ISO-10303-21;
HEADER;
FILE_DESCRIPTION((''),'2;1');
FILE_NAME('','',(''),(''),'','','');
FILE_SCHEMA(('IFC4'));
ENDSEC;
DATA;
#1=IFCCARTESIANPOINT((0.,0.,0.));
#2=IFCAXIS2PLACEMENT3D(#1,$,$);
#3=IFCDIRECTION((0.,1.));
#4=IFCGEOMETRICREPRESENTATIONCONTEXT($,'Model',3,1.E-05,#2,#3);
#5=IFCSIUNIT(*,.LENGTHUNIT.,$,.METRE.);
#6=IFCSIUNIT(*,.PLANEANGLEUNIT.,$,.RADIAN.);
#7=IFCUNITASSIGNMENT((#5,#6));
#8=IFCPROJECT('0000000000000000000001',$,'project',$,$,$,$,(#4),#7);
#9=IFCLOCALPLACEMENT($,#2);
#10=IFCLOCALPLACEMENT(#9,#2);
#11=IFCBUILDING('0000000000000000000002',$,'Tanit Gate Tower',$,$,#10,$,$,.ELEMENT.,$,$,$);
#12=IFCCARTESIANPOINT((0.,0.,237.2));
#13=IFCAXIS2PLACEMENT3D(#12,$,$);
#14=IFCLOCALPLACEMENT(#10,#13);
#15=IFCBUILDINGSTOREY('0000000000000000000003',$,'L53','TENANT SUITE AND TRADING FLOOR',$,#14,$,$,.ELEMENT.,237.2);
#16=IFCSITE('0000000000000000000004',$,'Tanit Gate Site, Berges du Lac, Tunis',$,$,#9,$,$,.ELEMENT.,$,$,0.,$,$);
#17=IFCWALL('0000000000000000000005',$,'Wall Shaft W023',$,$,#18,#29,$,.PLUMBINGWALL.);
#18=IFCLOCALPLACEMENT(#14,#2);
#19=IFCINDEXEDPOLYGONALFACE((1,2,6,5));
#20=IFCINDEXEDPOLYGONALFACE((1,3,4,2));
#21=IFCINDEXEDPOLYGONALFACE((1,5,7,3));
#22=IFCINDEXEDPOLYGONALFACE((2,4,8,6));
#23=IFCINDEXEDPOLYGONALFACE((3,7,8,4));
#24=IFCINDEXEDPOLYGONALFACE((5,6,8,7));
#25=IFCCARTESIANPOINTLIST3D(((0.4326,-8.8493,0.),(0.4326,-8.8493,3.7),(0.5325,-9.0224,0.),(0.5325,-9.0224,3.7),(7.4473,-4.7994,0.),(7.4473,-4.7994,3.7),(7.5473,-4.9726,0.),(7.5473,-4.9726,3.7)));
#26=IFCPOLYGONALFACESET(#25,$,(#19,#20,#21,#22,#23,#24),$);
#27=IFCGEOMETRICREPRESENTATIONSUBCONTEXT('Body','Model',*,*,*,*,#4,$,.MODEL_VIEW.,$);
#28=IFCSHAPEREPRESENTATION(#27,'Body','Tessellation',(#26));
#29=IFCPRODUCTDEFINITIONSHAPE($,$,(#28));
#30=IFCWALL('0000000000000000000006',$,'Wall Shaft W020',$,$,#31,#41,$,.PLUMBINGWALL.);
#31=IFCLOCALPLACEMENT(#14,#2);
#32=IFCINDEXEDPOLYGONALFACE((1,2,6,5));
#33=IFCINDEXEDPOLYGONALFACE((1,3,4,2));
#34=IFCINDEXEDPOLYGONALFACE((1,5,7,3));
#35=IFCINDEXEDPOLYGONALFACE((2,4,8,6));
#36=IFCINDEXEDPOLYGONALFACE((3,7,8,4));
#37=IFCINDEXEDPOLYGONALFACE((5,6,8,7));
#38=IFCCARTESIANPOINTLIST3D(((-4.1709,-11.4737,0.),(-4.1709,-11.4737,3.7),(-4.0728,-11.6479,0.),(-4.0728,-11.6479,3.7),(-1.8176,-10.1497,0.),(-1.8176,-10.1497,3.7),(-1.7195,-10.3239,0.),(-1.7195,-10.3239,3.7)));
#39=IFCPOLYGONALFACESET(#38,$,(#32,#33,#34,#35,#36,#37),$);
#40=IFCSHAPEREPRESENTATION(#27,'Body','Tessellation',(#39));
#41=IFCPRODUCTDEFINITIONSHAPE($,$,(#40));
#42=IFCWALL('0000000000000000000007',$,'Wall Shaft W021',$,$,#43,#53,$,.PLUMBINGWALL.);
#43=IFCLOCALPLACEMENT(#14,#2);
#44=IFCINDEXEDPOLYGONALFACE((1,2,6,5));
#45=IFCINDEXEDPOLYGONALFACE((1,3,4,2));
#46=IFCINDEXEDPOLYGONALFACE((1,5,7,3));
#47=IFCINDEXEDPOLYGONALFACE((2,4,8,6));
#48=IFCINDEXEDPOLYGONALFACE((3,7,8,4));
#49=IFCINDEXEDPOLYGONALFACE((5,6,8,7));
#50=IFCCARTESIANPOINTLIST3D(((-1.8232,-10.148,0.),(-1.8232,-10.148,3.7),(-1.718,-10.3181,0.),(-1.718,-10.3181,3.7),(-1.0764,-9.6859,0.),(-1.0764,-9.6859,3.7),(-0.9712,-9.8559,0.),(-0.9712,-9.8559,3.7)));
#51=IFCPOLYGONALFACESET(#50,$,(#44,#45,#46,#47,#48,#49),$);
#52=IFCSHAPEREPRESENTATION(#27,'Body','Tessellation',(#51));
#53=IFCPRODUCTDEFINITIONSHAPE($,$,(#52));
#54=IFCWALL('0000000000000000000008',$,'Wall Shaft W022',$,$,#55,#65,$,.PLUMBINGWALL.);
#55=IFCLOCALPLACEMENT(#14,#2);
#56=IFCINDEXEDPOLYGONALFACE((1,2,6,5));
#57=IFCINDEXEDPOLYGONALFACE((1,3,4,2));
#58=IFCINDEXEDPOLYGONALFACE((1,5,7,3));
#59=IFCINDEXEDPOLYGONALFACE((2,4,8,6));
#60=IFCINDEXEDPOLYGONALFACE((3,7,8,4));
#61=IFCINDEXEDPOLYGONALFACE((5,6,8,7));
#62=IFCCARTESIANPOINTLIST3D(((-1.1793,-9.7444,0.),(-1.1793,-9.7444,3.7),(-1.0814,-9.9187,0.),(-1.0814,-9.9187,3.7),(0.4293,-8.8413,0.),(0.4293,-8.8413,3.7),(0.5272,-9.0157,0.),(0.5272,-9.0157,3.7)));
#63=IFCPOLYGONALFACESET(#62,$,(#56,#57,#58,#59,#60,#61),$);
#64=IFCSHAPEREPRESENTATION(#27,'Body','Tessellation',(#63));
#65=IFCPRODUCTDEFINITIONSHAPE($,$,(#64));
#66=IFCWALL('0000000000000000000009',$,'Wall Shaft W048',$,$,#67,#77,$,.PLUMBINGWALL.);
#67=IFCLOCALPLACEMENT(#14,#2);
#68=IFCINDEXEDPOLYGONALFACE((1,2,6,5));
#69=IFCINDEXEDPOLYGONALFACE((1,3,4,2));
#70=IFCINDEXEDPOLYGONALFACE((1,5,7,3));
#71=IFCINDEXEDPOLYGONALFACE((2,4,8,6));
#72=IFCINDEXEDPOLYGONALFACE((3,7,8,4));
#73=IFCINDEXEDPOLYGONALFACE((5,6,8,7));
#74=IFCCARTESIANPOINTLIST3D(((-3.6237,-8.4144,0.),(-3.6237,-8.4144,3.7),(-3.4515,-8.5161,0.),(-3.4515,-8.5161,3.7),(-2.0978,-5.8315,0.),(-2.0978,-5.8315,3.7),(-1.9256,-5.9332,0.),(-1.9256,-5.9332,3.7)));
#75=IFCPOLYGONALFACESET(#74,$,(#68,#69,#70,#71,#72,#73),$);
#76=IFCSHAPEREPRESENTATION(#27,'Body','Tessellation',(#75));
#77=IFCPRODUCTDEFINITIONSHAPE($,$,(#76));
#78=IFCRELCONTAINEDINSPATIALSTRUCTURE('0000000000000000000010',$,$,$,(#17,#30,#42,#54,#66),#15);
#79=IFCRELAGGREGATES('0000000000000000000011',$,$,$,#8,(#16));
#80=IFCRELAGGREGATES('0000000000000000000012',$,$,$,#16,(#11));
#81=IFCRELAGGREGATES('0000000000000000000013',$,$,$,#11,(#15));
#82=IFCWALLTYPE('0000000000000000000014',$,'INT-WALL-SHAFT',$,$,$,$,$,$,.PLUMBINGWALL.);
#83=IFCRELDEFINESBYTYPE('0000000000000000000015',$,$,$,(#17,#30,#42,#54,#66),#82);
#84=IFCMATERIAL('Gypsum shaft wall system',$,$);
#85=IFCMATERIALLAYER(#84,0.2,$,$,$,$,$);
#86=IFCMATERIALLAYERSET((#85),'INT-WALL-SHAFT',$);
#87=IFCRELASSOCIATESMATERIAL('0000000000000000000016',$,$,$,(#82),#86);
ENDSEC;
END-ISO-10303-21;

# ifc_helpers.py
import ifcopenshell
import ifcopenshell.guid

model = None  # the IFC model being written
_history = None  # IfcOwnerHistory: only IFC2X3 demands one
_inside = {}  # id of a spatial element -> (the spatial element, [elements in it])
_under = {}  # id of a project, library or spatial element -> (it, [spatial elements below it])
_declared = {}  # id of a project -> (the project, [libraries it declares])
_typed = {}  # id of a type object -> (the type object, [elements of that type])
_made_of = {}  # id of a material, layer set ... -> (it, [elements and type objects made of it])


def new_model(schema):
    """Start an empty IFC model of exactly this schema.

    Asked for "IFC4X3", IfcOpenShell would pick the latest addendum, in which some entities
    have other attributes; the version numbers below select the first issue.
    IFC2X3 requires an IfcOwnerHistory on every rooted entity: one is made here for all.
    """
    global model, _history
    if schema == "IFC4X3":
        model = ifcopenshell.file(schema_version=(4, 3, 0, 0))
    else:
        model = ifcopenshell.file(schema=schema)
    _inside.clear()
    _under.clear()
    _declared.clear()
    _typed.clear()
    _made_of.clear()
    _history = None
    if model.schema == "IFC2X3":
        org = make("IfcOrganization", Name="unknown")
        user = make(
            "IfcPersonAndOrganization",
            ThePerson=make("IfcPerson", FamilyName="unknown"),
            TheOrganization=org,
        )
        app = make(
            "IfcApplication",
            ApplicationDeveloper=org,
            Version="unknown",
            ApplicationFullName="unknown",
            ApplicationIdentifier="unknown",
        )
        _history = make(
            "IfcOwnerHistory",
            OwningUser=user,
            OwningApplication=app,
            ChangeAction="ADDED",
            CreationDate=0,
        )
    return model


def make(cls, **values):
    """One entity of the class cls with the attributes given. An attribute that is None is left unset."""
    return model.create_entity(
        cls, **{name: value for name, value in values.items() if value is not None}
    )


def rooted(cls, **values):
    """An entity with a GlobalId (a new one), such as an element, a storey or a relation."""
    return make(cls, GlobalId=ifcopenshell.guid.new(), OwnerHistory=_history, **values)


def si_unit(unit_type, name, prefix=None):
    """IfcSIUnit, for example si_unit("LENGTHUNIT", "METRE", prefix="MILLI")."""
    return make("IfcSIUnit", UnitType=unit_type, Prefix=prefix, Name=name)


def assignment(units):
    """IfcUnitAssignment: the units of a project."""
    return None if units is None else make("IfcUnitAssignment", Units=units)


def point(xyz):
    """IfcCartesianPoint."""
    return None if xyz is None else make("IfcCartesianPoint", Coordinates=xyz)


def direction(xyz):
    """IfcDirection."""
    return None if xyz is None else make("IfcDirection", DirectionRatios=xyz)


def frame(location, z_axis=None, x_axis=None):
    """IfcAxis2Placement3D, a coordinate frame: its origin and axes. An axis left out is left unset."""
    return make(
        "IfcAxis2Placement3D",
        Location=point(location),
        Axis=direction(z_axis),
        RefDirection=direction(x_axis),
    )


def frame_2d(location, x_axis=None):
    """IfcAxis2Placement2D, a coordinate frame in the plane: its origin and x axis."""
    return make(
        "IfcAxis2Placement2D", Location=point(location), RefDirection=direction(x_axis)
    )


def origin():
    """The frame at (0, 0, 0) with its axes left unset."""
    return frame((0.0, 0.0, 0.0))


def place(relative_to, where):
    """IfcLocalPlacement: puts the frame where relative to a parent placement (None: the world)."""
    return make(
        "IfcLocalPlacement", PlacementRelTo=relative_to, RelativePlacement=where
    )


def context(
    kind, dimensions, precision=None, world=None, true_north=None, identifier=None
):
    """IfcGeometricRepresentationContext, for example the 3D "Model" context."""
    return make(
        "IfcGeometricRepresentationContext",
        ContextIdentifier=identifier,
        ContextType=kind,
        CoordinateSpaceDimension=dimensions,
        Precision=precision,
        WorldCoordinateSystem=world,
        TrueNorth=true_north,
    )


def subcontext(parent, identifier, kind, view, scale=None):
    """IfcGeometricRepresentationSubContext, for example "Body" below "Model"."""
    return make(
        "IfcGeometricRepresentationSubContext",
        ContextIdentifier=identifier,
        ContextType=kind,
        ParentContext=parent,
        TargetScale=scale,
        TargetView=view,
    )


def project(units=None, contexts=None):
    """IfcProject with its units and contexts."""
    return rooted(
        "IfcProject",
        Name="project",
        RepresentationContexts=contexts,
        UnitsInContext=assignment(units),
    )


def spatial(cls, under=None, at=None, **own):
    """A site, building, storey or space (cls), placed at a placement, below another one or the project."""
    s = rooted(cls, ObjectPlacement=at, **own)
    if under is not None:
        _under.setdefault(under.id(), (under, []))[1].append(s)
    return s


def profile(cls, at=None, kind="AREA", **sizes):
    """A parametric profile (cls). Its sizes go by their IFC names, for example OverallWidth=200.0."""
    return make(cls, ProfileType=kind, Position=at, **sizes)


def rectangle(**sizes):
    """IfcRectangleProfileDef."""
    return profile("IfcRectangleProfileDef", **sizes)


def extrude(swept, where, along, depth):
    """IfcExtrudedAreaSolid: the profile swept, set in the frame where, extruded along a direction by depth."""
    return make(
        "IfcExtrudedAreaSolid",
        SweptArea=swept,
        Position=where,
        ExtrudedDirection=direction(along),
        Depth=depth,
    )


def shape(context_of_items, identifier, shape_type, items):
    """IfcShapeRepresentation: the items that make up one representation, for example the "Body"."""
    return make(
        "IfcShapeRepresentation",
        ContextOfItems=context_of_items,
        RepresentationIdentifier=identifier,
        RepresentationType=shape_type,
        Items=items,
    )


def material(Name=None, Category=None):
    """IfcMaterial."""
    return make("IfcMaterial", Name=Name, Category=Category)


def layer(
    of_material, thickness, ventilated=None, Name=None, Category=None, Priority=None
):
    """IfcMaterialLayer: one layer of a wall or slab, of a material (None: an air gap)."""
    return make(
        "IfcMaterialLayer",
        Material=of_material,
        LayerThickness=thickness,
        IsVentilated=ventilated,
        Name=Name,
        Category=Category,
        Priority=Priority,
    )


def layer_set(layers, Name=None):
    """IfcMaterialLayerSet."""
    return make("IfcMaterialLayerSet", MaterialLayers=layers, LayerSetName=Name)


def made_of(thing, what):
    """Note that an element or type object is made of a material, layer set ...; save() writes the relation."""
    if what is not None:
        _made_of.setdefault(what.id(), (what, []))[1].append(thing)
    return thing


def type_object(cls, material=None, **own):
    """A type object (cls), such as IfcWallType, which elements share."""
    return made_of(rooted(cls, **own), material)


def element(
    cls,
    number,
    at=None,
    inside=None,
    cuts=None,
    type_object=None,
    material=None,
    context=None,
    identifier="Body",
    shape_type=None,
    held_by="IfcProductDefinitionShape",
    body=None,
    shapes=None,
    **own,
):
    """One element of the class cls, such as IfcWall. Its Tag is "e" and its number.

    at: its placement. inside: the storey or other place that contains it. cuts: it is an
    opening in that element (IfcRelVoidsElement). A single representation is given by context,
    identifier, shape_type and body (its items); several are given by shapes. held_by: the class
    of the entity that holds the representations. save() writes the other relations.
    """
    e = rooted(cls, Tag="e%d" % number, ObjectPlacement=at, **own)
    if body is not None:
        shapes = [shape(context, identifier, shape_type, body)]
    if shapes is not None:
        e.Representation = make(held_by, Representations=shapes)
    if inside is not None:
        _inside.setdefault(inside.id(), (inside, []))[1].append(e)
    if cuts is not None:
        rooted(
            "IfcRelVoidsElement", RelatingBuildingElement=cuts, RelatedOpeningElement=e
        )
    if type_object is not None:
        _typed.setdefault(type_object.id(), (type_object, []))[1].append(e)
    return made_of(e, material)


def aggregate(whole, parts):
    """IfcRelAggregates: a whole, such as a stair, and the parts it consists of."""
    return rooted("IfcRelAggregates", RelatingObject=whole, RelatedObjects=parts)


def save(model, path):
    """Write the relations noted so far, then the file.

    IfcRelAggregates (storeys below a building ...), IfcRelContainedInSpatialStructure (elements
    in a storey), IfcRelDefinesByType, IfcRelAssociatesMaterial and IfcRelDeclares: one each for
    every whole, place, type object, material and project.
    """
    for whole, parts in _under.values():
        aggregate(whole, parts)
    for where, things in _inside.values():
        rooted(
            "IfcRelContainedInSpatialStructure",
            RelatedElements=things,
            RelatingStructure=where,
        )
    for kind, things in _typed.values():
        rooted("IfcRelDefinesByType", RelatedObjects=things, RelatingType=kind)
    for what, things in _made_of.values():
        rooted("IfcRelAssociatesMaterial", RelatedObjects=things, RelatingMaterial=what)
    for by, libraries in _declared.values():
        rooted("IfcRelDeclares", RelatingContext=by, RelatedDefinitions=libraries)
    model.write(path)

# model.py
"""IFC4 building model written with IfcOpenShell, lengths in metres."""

from ifc_helpers import new_model, si_unit, direction, frame, frame_2d, origin, place, context, subcontext, project, spatial, rectangle, extrude, material, layer, layer_set, type_object, element, save


model = new_model("IFC4")

# Units and contexts
model_context = context("Model", 3, precision=1e-05, world=origin(), true_north=direction((0.0, 1.0)))
body_context = subcontext(model_context, "Body", "Model", "MODEL_VIEW")
ifc_project = project(units=[si_unit("LENGTHUNIT", "METRE"), si_unit("PLANEANGLEUNIT", "RADIAN")], contexts=[model_context])

# Site, building, storey
site_placement = place(None, origin())
site = spatial("IfcSite", under=ifc_project, at=site_placement, Name="Tanit Gate Site, Berges du Lac, Tunis", CompositionType="ELEMENT", RefElevation=0.0)
building_placement = place(site_placement, origin())
building = spatial("IfcBuilding", under=site, at=building_placement, Name="Tanit Gate Tower", CompositionType="ELEMENT")
storey_placement = place(building_placement, frame((0.0, 0.0, 237.2)))
storey = spatial("IfcBuildingStorey", under=building, at=storey_placement, Name="L53", Description="TENANT SUITE AND TRADING FLOOR", CompositionType="ELEMENT", Elevation=237.2)

# Walls
ifc_material_1 = material(Name="Gypsum shaft wall system")
ifc_layer_1 = layer(ifc_material_1, 0.2)
ifc_layer_set_1 = layer_set([ifc_layer_1], Name="INT-WALL-SHAFT")
wall_type_1 = type_object("IfcWallType", Name="INT-WALL-SHAFT", PredefinedType="PLUMBINGWALL", material=ifc_layer_set_1)
wall_1_placement = place(storey_placement, frame((0.4827, -8.9358, 0.0), z_axis=(0.0, 0.0, 1.0), x_axis=(0.866031, 0.49999, 0.0)))
element("IfcWall", 1, at=wall_1_placement, inside=storey, type_object=wall_type_1, Name="Wall Shaft W023", PredefinedType="PLUMBINGWALL", context=body_context, shape_type="SweptSolid", body=[
    extrude(rectangle(XDim=8.0999, YDim=0.2, at=frame_2d((4.0498, 0.0))), origin(), (0.0, 0.0, 1.0), 3.7),
])
wall_2_placement = place(storey_placement, frame((-1.7686, -10.2368, 0.0), z_axis=(0.0, 0.0, 1.0), x_axis=(-0.871534, -0.490334, 0.0)))
element("IfcWall", 2, at=wall_2_placement, inside=storey, type_object=wall_type_1, Name="Wall Shaft W020", PredefinedType="PLUMBINGWALL", context=body_context, shape_type="SweptSolid", body=[
    extrude(rectangle(XDim=2.7002, YDim=0.2, at=frame_2d((1.3501, 0.0))), origin(), (0.0, 0.0, 1.0), 3.7),
])
wall_3_placement = place(storey_placement, frame((-1.0239, -9.771, 0.0), z_axis=(0.0, 0.0, 1.0), x_axis=(-0.850348, -0.526221, 0.0)))
element("IfcWall", 3, at=wall_3_placement, inside=storey, type_object=wall_type_1, Name="Wall Shaft W021", PredefinedType="PLUMBINGWALL", context=body_context, shape_type="SweptSolid", body=[
    extrude(rectangle(XDim=0.8782, YDim=0.2, at=frame_2d((0.439, 0.0))), origin(), (0.0, 0.0, 1.0), 3.7),
])
wall_4_placement = place(storey_placement, frame((-1.1304, -9.8315, 0.0), z_axis=(0.0, 0.0, 1.0), x_axis=(0.871989, 0.489526, 0.0)))
element("IfcWall", 4, at=wall_4_placement, inside=storey, type_object=wall_type_1, Name="Wall Shaft W022", PredefinedType="PLUMBINGWALL", context=body_context, shape_type="SweptSolid", body=[
    extrude(rectangle(XDim=1.8447, YDim=0.2, at=frame_2d((0.9224, 0.0))), origin(), (0.0, 0.0, 1.0), 3.7),
])
wall_5_placement = place(storey_placement, frame((-2.0117, -5.8823, 0.0), z_axis=(0.0, 0.0, 1.0), x_axis=(-0.50862, -0.860991, 0.0)))
element("IfcWall", 5, at=wall_5_placement, inside=storey, type_object=wall_type_1, Name="Wall Shaft W048", PredefinedType="PLUMBINGWALL", context=body_context, shape_type="SweptSolid", body=[
    extrude(rectangle(XDim=3.0, YDim=0.2, at=frame_2d((1.5, 0.0))), origin(), (0.0, 0.0, 1.0), 3.7),
])

save(model, "model.ifc")
